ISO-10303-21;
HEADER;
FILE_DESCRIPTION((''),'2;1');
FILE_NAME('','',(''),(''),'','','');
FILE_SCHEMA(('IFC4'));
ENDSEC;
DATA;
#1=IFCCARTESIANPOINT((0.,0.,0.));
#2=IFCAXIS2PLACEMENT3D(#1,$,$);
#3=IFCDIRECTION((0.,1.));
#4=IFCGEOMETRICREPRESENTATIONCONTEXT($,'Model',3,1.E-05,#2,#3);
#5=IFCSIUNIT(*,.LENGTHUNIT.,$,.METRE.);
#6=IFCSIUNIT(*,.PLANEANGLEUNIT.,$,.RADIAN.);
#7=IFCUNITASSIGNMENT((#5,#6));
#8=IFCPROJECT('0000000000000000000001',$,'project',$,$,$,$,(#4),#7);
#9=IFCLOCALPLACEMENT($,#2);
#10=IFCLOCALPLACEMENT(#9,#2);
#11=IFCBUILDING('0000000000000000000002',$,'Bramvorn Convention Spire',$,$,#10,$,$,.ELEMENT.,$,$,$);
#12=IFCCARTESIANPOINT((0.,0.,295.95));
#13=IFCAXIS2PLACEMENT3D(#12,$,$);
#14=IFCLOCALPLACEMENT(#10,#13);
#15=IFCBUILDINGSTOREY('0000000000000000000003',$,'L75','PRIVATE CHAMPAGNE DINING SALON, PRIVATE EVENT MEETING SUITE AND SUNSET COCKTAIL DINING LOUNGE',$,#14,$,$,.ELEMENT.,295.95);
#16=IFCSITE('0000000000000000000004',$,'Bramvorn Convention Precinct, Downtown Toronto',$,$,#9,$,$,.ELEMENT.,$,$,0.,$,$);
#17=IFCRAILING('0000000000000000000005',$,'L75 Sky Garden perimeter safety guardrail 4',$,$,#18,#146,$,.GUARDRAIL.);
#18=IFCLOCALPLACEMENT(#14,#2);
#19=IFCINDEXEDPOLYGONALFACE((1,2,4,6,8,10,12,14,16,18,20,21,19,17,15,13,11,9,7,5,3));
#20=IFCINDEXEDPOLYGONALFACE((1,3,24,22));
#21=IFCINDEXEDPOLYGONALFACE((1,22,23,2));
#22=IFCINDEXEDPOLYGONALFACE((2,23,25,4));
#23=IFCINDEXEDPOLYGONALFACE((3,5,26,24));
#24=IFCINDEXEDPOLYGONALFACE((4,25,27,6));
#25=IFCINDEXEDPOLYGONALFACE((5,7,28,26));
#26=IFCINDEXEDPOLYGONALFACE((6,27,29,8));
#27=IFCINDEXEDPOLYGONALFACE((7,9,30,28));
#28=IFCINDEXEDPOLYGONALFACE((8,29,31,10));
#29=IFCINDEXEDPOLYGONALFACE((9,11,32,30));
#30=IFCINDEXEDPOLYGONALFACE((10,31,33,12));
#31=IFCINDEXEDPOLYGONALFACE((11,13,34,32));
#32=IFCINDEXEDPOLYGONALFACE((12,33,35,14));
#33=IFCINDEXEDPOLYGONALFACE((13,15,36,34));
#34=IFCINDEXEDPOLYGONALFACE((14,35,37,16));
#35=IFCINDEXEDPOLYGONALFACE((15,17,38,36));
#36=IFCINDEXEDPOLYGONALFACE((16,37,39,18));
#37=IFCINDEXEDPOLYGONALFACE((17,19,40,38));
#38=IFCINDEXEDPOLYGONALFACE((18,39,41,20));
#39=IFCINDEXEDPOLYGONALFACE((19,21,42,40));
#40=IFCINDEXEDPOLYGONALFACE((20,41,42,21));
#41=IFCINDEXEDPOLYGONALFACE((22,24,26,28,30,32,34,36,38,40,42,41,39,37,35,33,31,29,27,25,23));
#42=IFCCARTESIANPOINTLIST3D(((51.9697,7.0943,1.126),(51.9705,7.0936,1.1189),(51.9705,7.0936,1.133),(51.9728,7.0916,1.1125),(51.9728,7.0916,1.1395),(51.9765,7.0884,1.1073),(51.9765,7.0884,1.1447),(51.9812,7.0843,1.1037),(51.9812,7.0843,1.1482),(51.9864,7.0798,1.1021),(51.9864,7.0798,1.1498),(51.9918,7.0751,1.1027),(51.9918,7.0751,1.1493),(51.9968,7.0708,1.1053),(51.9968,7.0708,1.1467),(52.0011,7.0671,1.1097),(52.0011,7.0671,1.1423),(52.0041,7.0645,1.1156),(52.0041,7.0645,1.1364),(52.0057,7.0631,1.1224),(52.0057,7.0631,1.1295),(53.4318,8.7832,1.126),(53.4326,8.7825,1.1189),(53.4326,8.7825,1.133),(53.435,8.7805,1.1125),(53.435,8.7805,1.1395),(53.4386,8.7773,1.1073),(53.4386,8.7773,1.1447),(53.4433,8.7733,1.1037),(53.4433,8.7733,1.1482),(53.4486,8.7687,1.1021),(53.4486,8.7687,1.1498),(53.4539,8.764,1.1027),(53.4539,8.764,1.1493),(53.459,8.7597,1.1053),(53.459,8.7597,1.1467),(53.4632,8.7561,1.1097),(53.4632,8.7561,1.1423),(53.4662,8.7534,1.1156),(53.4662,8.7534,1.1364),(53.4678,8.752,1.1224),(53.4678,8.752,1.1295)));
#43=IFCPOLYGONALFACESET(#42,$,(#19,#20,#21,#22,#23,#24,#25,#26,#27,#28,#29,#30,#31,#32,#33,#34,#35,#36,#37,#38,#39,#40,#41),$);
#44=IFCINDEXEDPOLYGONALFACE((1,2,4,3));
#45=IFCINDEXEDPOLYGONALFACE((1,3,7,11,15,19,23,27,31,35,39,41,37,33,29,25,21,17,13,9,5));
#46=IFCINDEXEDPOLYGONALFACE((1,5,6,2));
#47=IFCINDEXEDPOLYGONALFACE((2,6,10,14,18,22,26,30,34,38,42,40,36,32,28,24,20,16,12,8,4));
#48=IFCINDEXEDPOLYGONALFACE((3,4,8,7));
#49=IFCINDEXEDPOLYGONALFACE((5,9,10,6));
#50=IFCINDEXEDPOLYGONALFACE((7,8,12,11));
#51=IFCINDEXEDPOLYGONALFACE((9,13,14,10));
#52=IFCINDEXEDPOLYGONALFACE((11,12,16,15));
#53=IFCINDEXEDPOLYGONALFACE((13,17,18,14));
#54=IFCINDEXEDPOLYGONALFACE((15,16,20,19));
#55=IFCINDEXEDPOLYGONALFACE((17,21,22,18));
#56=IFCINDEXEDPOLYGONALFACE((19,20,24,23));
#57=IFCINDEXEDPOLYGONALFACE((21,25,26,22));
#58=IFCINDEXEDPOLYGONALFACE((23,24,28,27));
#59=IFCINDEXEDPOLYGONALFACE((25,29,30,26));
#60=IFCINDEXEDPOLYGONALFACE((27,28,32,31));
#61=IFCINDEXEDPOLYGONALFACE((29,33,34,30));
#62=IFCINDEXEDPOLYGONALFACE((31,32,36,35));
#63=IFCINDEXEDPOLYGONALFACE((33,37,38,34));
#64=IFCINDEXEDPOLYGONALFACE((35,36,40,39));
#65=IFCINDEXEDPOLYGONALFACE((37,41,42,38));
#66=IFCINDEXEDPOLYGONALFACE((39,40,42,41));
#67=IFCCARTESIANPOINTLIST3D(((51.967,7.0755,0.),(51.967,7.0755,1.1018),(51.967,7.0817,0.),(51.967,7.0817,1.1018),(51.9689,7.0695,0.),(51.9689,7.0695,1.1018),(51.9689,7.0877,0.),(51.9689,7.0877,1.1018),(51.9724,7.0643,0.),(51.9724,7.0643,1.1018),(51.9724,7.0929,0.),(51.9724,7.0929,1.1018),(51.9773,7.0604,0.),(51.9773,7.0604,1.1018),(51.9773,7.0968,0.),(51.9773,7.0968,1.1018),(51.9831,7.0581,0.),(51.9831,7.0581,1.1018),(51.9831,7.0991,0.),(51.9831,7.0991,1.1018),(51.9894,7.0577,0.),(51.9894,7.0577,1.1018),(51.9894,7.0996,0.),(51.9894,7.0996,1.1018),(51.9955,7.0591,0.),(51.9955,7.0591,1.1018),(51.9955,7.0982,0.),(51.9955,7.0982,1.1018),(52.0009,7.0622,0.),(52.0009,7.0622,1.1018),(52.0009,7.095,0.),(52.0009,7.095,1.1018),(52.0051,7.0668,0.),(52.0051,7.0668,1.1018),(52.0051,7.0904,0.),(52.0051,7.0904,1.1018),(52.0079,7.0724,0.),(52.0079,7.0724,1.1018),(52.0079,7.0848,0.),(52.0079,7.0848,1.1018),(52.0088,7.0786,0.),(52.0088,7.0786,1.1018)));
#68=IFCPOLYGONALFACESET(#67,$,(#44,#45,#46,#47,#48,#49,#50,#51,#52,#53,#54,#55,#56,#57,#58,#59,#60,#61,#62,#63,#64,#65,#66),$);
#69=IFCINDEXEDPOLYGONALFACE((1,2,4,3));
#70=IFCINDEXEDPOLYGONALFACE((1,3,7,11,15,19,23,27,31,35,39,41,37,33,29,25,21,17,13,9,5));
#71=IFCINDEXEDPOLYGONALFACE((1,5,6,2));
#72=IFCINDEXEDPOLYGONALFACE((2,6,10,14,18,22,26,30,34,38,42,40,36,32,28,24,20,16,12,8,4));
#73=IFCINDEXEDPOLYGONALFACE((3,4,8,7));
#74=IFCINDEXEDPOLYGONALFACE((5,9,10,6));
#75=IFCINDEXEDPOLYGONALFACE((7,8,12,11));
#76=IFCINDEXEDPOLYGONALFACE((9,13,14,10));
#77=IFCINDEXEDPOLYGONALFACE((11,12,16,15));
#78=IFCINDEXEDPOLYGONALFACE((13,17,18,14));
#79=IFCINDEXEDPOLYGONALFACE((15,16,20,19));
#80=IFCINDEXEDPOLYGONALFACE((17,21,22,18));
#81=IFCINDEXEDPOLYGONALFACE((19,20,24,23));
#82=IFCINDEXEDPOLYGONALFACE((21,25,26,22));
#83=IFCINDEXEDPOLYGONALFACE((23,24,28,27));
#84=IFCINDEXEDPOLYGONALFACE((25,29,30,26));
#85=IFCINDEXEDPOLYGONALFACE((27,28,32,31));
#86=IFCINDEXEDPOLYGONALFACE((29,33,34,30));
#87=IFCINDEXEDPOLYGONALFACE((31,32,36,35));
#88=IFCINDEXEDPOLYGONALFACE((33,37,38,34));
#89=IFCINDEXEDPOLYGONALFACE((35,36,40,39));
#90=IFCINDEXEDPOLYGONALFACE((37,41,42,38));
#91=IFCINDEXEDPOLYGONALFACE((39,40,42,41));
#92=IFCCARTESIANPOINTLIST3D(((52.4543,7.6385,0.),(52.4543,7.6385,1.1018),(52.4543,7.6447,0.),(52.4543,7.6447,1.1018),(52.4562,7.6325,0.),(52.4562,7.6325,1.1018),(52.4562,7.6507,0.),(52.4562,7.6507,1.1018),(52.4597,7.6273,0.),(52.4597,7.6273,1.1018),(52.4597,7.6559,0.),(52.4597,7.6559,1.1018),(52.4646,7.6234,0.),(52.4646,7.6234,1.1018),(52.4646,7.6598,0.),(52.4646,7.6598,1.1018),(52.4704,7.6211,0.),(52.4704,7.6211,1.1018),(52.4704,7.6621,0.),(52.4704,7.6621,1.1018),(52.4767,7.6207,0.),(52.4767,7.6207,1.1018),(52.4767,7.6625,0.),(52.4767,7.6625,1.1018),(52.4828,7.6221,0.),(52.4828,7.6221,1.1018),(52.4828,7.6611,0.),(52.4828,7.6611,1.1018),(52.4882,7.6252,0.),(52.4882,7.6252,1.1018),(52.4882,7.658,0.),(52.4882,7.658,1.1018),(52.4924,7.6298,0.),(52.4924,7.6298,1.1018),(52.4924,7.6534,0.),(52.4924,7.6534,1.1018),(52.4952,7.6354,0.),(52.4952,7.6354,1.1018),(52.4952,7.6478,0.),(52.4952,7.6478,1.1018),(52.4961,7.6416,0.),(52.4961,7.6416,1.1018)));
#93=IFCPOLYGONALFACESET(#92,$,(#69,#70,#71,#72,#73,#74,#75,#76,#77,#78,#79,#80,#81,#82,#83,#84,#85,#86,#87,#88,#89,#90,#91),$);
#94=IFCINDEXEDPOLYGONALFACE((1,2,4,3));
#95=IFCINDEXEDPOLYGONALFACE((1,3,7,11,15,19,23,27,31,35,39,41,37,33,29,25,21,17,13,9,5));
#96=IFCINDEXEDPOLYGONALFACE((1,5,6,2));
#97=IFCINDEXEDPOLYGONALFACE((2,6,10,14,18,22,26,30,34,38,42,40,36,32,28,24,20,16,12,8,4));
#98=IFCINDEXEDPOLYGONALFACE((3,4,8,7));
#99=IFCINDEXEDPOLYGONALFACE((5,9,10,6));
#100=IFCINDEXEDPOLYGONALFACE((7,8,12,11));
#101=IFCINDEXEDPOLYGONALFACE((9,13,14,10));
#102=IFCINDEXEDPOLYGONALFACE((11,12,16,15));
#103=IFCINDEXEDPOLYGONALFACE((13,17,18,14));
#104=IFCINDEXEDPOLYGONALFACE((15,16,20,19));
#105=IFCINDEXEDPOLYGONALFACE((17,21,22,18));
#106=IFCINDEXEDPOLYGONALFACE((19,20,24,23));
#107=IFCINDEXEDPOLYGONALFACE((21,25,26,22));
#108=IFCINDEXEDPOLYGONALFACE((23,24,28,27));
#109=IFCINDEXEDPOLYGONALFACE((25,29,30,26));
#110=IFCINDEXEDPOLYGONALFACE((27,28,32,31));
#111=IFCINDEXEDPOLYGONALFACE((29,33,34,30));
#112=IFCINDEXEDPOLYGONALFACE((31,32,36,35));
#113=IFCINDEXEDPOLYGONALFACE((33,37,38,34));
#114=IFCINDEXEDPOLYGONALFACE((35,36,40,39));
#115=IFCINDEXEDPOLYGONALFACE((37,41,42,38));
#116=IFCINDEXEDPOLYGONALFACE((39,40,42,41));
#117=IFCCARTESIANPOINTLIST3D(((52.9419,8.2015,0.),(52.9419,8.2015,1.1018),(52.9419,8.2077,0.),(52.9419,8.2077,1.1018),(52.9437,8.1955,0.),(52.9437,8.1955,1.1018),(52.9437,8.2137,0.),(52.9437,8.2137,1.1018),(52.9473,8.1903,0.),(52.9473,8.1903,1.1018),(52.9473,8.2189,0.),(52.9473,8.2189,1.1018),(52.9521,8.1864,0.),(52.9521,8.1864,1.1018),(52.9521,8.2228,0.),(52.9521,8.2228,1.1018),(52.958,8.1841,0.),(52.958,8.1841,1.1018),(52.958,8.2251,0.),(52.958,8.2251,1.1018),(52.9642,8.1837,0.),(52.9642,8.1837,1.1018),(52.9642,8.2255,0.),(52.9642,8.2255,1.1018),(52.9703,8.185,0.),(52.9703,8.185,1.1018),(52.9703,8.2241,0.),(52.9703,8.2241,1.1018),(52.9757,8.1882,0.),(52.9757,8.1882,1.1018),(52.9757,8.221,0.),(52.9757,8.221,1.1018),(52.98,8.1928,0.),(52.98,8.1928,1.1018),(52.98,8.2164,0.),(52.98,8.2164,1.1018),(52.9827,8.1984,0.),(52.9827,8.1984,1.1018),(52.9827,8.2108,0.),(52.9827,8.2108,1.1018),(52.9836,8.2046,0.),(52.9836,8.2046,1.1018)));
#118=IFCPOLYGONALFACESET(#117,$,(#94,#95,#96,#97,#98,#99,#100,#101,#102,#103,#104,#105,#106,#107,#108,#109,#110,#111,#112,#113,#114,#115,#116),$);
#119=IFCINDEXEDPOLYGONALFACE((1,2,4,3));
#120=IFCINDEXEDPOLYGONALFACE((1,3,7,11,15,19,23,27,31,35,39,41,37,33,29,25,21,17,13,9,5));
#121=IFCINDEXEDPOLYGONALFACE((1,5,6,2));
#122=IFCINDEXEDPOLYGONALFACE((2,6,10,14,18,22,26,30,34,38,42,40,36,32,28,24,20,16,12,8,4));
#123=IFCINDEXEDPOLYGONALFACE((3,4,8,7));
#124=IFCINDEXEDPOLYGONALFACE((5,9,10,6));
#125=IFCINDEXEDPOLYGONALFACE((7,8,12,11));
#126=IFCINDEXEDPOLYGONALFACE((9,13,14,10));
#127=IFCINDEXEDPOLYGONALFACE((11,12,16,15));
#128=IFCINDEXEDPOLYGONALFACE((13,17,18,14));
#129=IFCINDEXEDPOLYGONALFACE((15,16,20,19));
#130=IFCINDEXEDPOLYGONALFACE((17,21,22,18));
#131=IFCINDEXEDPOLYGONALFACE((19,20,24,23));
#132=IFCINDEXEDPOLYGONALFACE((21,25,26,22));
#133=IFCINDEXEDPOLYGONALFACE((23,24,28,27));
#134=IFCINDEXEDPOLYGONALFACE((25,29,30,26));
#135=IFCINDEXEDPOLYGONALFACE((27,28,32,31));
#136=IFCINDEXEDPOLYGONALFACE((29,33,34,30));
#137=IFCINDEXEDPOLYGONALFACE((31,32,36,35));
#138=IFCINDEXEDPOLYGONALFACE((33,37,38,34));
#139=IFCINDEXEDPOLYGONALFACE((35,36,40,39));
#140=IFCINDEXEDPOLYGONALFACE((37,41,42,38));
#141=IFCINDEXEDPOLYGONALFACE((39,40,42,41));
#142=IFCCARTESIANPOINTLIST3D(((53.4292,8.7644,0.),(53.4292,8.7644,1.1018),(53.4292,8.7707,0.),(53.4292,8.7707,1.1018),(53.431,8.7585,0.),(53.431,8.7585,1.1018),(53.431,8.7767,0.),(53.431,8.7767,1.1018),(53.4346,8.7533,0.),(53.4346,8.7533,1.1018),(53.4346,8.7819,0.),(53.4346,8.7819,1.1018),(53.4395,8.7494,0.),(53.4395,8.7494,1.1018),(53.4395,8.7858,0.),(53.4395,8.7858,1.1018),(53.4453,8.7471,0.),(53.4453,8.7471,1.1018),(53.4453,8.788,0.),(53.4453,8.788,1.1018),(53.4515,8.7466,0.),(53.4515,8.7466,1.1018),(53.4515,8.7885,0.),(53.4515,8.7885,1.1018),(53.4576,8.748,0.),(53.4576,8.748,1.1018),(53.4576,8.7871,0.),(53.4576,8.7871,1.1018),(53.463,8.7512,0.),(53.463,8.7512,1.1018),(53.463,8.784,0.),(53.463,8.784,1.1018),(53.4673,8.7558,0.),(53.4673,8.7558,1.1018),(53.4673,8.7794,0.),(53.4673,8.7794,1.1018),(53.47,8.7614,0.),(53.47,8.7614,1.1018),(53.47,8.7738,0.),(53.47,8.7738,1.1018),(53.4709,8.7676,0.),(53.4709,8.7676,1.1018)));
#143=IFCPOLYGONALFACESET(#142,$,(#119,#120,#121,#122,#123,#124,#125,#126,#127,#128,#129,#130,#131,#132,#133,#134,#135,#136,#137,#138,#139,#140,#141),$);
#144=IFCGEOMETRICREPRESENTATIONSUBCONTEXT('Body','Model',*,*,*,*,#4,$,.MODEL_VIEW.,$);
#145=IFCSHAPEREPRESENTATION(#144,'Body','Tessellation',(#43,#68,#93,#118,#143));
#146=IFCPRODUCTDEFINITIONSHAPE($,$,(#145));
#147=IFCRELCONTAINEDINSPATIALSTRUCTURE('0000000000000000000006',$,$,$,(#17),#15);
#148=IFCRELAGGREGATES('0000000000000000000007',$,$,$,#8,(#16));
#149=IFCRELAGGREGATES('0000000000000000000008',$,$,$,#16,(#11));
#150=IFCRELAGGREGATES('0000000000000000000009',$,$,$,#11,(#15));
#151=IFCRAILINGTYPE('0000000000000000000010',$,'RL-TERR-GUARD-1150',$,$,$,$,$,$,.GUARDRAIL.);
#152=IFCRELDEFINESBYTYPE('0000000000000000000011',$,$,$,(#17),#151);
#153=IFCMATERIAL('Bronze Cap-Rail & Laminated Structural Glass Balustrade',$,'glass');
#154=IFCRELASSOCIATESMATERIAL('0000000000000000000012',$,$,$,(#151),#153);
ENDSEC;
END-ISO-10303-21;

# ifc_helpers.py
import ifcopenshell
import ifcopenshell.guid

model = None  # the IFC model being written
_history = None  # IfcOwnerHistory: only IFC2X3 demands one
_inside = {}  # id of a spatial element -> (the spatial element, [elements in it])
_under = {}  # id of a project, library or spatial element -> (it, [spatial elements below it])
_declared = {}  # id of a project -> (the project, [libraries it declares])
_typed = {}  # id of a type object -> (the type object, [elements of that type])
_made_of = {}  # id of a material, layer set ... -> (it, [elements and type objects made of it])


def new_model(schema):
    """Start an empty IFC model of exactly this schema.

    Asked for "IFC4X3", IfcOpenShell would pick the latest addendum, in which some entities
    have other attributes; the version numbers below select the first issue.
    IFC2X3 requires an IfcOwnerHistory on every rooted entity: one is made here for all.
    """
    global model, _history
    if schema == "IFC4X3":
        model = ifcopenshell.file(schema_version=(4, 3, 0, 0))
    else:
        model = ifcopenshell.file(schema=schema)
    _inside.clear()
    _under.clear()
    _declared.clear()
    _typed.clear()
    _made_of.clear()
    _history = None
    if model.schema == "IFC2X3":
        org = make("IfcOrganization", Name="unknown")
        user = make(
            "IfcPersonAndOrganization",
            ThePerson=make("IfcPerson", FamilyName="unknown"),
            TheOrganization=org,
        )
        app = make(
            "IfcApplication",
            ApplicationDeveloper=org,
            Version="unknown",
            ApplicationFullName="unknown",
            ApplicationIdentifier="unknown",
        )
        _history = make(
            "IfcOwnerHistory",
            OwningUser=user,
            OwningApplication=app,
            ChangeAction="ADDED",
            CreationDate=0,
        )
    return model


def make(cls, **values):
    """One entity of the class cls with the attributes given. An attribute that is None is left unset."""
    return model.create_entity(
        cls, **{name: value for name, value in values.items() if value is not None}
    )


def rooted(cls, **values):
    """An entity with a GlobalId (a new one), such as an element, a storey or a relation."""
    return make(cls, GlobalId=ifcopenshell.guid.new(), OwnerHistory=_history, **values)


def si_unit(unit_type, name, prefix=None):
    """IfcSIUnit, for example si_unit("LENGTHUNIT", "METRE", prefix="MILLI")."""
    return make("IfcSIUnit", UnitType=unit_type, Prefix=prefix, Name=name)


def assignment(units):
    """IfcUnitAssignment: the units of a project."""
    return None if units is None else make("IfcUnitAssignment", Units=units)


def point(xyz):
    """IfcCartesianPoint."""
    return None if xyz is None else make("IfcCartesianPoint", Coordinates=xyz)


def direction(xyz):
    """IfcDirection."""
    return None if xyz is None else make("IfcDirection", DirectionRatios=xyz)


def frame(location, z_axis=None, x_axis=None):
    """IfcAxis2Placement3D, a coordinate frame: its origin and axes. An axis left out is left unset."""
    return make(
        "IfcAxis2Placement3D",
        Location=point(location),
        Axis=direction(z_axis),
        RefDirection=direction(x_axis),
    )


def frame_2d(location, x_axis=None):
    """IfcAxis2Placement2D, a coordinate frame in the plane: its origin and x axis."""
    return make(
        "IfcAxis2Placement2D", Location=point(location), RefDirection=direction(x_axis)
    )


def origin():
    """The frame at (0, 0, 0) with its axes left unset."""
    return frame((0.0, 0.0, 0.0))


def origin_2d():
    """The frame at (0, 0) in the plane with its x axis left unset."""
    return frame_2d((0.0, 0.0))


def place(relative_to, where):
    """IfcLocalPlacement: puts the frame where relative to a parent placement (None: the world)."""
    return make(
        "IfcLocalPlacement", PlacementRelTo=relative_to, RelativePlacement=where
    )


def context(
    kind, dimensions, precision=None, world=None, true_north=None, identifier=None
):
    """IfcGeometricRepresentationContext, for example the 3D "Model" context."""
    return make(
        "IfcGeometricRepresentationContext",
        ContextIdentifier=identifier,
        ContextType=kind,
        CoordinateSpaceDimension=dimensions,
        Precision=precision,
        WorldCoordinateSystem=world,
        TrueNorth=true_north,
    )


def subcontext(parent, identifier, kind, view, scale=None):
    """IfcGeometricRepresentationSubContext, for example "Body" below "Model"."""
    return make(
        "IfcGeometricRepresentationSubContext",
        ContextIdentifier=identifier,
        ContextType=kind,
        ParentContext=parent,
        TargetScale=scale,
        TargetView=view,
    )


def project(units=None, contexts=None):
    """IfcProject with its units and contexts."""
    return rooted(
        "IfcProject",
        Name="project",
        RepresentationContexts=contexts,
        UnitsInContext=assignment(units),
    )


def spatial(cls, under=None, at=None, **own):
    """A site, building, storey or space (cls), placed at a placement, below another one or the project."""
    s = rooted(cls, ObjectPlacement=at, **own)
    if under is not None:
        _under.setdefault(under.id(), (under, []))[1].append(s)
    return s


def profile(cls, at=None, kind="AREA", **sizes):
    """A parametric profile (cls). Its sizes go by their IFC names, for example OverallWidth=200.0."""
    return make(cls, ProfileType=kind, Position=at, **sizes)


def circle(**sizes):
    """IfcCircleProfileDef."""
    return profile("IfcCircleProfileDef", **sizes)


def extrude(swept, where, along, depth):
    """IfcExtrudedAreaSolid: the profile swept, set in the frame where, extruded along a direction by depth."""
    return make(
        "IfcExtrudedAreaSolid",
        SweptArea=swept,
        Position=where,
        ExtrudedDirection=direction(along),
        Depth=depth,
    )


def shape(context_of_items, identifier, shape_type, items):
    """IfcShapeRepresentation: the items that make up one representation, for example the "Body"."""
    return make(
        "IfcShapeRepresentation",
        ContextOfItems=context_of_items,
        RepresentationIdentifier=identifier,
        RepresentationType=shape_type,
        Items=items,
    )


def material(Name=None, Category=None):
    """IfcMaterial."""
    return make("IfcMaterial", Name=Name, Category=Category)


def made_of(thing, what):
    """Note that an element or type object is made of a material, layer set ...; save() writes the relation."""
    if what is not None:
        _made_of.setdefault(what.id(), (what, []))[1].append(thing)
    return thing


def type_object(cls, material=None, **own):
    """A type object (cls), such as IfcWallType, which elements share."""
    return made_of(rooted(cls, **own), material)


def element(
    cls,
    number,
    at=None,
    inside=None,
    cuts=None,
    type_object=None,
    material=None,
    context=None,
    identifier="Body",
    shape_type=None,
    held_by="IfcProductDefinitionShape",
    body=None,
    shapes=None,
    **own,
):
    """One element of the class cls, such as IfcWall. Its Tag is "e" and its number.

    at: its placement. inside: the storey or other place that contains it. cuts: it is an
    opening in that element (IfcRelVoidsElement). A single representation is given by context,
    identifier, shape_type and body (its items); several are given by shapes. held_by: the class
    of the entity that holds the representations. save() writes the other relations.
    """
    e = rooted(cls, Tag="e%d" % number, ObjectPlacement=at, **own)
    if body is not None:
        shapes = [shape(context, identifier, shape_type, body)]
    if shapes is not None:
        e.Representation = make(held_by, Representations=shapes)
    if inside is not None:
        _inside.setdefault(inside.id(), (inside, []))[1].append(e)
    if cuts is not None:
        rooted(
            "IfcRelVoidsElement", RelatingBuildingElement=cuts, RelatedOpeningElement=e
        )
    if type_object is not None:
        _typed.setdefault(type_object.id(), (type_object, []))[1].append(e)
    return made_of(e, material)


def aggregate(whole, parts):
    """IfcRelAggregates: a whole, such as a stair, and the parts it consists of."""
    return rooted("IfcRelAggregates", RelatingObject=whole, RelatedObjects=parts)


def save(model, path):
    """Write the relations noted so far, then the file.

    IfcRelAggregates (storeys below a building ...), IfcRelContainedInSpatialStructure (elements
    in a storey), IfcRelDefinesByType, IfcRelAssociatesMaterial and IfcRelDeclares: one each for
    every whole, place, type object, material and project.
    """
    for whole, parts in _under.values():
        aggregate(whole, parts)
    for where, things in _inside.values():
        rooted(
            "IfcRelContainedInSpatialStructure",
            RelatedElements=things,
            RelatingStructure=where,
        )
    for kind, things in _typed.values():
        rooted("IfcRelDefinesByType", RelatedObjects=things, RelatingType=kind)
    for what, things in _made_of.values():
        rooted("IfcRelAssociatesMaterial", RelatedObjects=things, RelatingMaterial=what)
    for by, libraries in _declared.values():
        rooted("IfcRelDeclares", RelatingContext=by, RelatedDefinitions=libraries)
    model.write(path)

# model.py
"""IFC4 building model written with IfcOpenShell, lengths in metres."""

from ifc_helpers import new_model, si_unit, direction, frame, origin, origin_2d, place, context, subcontext, project, spatial, circle, extrude, material, type_object, element, save


model = new_model("IFC4")

# Units and contexts
model_context = context("Model", 3, precision=1e-05, world=origin(), true_north=direction((0.0, 1.0)))
body_context = subcontext(model_context, "Body", "Model", "MODEL_VIEW")
ifc_project = project(units=[si_unit("LENGTHUNIT", "METRE"), si_unit("PLANEANGLEUNIT", "RADIAN")], contexts=[model_context])

# Site, building, storey
site_placement = place(None, origin())
site = spatial("IfcSite", under=ifc_project, at=site_placement, Name="Bramvorn Convention Precinct, Downtown Toronto", CompositionType="ELEMENT", RefElevation=0.0)
building_placement = place(site_placement, origin())
building = spatial("IfcBuilding", under=site, at=building_placement, Name="Bramvorn Convention Spire", CompositionType="ELEMENT")
storey_placement = place(building_placement, frame((0.0, 0.0, 295.95)))
storey = spatial("IfcBuildingStorey", under=building, at=storey_placement, Name="L75", Description="PRIVATE CHAMPAGNE DINING SALON, PRIVATE EVENT MEETING SUITE AND SUNSET COCKTAIL DINING LOUNGE", CompositionType="ELEMENT", Elevation=295.95)

# Railing
ifc_material_1 = material(Name="Bronze Cap-Rail & Laminated Structural Glass Balustrade", Category="glass")
railing_type = type_object("IfcRailingType", Name="RL-TERR-GUARD-1150", PredefinedType="GUARDRAIL", material=ifc_material_1)
railing_1_placement = place(storey_placement, frame((51.9878, 7.0786, 0.0)))
element("IfcRailing", 1, at=railing_1_placement, inside=storey, type_object=railing_type, Name="L75 Sky Garden perimeter safety guardrail 4", PredefinedType="GUARDRAIL", context=body_context, shape_type="SweptSolid", body=[
    extrude(circle(Radius=0.0239, at=origin_2d()), frame((0.0, 0.0, 1.126), z_axis=(0.654519, 0.756046, 0.0), x_axis=(-0.756046, 0.654519, 0.0)), (0.0, 0.0, 1.0), 2.2339),
    extrude(circle(Radius=0.021, at=origin_2d()), origin(), (0.0, 0.0, 1.0), 1.1018),
    extrude(circle(Radius=0.021, at=origin_2d()), frame((0.4873, 0.563, 0.0)), (0.0, 0.0, 1.0), 1.1018),
    extrude(circle(Radius=0.021, at=origin_2d()), frame((0.9749, 1.126, 0.0)), (0.0, 0.0, 1.0), 1.1018),
    extrude(circle(Radius=0.021, at=origin_2d()), frame((1.4622, 1.689, 0.0)), (0.0, 0.0, 1.0), 1.1018),
])

save(model, "model.ifc")
